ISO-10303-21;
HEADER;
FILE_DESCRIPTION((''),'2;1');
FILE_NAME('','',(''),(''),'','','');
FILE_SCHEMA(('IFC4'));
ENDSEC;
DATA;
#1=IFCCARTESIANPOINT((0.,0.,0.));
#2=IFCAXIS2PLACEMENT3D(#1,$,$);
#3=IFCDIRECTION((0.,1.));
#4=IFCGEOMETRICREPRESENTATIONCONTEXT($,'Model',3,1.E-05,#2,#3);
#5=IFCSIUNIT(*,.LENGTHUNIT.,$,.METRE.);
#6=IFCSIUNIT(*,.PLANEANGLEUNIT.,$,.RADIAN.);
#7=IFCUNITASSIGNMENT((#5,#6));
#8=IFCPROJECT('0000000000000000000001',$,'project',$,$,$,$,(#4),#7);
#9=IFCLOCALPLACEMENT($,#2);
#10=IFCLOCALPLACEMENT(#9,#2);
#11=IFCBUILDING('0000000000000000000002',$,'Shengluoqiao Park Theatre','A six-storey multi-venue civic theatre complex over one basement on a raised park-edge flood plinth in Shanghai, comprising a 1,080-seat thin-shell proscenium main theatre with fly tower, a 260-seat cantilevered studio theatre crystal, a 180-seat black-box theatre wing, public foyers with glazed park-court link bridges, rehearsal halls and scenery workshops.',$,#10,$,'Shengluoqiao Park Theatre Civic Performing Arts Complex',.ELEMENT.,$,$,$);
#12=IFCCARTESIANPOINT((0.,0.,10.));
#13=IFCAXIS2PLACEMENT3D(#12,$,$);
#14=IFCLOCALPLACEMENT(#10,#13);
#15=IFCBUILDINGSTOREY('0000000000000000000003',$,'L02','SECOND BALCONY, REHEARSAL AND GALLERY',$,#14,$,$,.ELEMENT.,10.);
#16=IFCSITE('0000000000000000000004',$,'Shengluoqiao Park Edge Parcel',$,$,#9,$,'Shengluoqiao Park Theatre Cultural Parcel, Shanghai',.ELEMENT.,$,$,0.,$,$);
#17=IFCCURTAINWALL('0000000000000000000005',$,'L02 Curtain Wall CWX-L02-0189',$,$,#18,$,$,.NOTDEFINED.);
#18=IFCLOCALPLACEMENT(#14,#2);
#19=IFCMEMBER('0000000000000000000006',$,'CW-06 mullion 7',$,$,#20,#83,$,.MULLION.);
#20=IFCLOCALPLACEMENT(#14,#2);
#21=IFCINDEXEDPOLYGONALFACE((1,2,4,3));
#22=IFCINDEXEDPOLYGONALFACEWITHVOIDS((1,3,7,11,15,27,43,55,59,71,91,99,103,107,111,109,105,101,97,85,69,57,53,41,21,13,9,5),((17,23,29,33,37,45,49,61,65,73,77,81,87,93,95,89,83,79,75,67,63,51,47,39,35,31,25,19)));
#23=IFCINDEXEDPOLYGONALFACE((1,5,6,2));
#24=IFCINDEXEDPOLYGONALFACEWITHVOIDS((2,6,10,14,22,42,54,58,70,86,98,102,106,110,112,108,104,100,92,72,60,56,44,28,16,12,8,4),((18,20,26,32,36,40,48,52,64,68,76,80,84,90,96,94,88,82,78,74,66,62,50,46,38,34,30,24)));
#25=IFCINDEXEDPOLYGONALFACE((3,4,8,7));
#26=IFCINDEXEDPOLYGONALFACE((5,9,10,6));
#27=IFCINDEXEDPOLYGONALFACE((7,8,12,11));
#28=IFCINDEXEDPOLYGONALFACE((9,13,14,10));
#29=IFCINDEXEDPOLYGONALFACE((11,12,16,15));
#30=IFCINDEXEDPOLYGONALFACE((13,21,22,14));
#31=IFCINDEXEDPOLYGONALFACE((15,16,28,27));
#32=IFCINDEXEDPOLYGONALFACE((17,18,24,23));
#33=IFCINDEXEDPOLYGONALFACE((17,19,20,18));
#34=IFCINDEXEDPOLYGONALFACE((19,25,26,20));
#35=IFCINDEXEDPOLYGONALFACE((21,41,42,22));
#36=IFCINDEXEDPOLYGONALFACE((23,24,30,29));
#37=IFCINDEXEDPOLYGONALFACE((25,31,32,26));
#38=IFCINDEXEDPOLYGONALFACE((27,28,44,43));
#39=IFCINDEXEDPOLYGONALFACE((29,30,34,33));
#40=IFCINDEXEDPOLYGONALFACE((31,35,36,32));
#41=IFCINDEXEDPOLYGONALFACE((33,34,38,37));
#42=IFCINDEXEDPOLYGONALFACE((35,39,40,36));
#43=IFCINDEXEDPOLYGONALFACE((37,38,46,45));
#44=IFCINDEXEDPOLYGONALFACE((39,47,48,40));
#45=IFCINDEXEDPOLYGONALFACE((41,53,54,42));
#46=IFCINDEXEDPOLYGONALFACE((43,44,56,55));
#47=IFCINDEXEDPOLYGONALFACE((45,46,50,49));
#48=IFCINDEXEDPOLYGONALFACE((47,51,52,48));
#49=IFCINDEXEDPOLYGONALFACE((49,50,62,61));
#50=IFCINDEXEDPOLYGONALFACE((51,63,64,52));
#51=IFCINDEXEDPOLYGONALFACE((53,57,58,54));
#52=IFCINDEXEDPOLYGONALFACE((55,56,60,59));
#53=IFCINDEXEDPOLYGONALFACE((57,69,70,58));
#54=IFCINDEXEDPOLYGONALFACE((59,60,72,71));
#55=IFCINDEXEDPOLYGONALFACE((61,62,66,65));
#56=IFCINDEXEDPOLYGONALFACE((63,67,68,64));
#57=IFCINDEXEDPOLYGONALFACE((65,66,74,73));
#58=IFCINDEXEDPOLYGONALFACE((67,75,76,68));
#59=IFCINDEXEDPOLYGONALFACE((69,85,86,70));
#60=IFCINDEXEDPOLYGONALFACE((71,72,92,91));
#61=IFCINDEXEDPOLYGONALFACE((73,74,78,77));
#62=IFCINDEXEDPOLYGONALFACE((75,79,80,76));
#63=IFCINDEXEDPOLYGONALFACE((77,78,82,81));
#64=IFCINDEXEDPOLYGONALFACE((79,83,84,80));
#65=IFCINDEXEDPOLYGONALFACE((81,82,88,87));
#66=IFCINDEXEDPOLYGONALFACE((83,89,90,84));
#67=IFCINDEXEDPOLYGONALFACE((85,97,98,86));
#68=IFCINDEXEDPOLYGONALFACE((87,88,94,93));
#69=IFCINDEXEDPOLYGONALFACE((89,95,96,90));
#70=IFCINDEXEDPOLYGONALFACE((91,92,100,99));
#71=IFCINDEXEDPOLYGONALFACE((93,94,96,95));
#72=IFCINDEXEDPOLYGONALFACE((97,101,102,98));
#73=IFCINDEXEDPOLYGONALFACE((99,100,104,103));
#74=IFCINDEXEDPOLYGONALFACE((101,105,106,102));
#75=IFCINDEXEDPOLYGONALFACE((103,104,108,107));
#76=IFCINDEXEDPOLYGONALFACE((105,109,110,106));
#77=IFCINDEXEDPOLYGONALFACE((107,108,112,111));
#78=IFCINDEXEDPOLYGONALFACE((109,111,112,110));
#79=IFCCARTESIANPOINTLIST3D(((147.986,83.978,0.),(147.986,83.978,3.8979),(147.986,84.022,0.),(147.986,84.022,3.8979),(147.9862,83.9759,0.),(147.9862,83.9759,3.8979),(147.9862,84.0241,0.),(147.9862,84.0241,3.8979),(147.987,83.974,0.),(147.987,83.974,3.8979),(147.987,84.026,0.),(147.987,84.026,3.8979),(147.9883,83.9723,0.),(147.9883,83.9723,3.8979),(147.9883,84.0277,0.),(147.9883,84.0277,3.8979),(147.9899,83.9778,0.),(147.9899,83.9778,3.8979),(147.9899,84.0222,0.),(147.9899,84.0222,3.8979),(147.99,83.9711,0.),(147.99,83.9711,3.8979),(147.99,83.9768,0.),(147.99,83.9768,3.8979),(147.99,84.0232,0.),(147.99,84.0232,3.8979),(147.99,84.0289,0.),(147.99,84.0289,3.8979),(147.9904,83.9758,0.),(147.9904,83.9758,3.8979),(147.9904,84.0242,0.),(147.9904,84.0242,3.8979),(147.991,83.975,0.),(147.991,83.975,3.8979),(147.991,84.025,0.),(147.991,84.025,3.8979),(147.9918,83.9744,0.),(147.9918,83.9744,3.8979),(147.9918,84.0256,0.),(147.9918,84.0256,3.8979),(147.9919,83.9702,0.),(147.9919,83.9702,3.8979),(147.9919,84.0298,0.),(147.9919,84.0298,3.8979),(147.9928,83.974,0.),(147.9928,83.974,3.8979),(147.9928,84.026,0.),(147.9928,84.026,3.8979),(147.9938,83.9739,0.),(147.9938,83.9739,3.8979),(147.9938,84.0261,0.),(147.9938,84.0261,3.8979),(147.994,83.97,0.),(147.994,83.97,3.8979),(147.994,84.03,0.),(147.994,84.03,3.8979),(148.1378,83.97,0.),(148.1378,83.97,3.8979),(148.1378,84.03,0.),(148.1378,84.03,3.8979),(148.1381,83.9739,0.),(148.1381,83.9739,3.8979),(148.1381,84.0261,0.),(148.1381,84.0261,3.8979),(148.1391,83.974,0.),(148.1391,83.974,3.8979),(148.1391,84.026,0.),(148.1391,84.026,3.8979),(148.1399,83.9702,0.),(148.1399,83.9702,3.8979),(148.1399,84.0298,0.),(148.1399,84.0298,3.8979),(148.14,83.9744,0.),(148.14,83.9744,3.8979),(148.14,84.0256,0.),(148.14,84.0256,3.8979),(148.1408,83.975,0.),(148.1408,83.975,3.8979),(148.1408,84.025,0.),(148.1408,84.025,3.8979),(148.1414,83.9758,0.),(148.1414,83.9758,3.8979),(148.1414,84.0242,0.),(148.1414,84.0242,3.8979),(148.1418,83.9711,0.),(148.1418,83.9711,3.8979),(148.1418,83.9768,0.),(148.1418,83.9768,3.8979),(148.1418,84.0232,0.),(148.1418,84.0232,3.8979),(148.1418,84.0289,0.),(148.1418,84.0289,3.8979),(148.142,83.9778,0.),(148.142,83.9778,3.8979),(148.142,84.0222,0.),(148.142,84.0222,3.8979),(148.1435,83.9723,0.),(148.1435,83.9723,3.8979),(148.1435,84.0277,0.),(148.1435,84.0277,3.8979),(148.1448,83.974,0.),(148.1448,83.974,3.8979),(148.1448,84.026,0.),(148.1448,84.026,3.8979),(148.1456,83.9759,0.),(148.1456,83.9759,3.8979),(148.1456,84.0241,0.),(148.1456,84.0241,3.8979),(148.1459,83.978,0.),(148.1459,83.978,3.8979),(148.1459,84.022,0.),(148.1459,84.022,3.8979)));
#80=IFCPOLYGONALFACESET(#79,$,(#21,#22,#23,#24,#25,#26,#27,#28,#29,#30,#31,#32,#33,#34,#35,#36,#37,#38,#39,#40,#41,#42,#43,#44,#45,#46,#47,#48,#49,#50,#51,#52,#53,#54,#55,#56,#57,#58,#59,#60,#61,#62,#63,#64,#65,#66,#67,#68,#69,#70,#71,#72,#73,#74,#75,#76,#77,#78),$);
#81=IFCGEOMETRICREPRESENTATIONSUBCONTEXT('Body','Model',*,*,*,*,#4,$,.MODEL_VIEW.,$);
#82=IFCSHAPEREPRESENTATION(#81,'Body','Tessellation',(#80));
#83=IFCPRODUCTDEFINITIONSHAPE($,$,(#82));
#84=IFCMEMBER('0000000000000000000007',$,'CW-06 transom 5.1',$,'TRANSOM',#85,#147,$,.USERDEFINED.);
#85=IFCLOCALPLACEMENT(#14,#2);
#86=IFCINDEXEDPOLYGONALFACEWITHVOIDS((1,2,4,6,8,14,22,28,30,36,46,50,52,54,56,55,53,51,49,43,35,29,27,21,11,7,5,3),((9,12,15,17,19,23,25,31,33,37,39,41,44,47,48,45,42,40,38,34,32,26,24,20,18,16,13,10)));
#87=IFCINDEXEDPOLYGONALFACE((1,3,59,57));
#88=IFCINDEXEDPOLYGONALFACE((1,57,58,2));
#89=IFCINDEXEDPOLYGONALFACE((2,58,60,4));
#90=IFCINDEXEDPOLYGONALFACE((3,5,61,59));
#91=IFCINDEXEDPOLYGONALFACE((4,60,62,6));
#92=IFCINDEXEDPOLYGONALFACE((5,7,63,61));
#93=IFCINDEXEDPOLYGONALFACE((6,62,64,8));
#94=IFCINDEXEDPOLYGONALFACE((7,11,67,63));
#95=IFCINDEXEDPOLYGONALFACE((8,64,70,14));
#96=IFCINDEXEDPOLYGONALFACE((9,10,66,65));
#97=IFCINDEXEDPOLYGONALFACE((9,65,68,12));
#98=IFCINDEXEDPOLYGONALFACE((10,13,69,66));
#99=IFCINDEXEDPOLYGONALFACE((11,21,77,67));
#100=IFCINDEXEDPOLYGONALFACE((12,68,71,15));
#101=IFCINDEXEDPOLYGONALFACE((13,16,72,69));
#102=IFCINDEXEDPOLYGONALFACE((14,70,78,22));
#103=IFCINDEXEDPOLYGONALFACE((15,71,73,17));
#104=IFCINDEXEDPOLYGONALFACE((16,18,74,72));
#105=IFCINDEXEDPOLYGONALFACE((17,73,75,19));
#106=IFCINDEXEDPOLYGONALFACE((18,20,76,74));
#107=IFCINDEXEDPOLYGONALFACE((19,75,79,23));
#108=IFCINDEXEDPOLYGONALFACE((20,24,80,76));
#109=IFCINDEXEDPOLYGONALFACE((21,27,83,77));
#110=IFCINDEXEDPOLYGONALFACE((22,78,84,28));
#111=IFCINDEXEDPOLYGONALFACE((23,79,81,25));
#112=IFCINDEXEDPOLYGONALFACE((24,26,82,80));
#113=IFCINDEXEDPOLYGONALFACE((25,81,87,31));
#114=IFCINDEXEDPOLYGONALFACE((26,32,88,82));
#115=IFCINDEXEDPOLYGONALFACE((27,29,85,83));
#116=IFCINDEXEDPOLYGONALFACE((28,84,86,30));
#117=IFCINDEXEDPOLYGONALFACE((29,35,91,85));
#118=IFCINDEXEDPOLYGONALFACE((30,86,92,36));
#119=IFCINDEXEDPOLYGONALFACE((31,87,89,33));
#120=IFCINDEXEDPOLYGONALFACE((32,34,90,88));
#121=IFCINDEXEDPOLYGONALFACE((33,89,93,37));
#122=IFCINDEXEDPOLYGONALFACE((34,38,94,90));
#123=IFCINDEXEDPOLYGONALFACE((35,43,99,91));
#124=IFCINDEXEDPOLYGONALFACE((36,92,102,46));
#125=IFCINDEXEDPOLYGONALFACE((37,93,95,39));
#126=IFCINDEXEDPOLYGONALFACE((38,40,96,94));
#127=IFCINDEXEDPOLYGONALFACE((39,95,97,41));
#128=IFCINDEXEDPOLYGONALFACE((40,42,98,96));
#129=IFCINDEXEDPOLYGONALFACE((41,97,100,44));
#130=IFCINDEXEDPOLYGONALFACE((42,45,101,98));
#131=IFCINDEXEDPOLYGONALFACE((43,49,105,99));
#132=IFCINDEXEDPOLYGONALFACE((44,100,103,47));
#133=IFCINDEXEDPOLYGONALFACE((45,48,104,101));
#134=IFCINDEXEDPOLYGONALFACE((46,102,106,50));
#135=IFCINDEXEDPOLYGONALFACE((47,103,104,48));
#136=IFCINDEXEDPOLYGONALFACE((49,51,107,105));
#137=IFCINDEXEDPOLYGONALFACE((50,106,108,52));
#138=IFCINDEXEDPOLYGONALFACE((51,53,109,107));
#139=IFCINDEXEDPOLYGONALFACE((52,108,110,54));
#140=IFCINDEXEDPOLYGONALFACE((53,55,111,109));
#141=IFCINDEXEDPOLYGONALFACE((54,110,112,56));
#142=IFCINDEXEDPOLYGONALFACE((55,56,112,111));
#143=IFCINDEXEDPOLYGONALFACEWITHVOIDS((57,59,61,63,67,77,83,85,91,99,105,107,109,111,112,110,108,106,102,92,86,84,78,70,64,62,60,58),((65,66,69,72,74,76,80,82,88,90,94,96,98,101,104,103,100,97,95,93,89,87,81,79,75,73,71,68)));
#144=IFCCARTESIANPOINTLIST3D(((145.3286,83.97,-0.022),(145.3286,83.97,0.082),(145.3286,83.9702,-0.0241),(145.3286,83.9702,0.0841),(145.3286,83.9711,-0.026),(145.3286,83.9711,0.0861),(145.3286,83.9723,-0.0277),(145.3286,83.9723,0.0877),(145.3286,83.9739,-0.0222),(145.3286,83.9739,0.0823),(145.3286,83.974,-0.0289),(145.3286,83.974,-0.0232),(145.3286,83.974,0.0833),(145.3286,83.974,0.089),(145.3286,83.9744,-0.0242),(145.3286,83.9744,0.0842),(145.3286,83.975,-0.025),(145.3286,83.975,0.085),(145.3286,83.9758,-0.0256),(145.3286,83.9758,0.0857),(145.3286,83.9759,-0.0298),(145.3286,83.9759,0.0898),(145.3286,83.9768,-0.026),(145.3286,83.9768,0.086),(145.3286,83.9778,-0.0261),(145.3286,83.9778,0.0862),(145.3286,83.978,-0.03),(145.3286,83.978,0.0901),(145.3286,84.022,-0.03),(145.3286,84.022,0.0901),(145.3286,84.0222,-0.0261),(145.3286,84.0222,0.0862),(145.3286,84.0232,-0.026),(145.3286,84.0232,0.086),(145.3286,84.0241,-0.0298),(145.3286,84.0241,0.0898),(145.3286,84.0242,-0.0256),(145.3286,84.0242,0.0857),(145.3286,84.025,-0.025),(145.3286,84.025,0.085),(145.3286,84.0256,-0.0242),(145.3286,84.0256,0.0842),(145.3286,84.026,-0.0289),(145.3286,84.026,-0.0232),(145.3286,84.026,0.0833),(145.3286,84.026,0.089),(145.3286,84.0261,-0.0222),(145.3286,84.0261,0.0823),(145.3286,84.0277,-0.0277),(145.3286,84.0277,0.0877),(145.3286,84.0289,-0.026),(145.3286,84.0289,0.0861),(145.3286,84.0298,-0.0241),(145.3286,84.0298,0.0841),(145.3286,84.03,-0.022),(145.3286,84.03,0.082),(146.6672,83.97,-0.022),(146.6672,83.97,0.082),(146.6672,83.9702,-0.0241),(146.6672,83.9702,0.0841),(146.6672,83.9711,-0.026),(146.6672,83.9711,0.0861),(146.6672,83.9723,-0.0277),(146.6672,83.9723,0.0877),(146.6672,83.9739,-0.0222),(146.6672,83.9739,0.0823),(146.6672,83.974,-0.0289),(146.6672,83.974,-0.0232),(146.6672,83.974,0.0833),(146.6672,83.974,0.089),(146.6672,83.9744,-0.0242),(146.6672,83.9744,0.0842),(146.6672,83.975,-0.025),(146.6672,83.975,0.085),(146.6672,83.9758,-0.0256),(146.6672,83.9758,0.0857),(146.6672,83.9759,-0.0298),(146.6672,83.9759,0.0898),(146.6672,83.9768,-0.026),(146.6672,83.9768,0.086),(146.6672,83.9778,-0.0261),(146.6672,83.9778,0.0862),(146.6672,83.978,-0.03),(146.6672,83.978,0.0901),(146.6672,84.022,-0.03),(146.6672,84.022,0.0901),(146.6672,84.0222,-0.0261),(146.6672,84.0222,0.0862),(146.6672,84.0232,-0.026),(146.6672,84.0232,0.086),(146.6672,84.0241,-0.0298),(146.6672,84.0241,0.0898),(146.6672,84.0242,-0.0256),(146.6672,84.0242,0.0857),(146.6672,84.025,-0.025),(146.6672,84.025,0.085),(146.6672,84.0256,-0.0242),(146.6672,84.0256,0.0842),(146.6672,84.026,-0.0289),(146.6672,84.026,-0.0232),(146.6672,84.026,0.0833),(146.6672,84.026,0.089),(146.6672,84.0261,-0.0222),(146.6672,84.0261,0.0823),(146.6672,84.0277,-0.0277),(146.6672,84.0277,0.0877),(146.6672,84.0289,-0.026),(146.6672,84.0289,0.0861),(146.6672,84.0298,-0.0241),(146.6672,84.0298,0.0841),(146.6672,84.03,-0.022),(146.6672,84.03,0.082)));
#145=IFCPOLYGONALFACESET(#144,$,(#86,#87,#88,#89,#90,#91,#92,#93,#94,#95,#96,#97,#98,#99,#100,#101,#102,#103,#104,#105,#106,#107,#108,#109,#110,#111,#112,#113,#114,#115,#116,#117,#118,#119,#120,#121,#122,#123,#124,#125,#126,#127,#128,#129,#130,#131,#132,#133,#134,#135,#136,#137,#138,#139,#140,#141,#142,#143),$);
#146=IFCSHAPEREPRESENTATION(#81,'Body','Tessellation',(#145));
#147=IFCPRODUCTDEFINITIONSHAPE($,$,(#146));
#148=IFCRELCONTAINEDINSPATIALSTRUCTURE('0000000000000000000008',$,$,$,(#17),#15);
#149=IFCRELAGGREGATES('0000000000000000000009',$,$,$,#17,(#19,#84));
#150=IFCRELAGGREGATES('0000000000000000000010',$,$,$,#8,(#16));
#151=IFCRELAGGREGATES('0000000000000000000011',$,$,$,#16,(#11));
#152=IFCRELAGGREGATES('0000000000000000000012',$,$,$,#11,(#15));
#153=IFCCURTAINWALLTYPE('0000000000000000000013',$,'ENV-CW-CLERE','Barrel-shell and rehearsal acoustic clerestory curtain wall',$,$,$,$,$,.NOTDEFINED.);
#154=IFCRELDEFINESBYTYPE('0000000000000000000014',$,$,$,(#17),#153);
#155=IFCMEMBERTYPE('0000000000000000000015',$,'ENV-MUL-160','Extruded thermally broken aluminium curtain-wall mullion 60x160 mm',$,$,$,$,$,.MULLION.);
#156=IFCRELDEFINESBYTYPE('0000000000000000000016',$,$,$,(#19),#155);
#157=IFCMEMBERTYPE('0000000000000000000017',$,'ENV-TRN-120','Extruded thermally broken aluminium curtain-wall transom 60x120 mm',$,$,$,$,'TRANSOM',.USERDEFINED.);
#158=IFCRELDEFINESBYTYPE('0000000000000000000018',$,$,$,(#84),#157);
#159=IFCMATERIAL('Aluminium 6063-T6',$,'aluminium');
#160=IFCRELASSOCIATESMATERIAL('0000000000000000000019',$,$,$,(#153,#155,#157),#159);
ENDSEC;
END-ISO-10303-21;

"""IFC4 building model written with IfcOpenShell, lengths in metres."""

from ifc_helpers import new_model, si_unit, direction, frame, origin, origin_2d, place, context, subcontext, project, spatial, hollow_rectangle, extrude, material, material_profile, profile_set, type_object, element, aggregate, save


model = new_model("IFC4")

# Units and contexts
model_context = context("Model", 3, precision=1e-05, world=origin(), true_north=direction((0.0, 1.0)))
body_context = subcontext(model_context, "Body", "Model", "MODEL_VIEW")
ifc_project = project(units=[si_unit("LENGTHUNIT", "METRE"), si_unit("PLANEANGLEUNIT", "RADIAN")], contexts=[model_context])

# Site, building, storey
site_placement = place(None, origin())
site = spatial("IfcSite", under=ifc_project, at=site_placement, Name="Shengluoqiao Park Edge Parcel", LongName="Shengluoqiao Park Theatre Cultural Parcel, Shanghai", CompositionType="ELEMENT", RefElevation=0.0)
building_placement = place(site_placement, origin())
building = spatial("IfcBuilding", under=site, at=building_placement, Name="Shengluoqiao Park Theatre", Description="A six-storey multi-venue civic theatre complex over one basement on a raised park-edge flood plinth in Shanghai, comprising a 1,080-seat thin-shell proscenium main theatre with fly tower, a 260-seat cantilevered studio theatre crystal, a 180-seat black-box theatre wing, public foyers with glazed park-court link bridges, rehearsal halls and scenery workshops.", LongName="Shengluoqiao Park Theatre Civic Performing Arts Complex", CompositionType="ELEMENT")
storey_placement = place(building_placement, frame((0.0, 0.0, 10.0)))
storey = spatial("IfcBuildingStorey", under=building, at=storey_placement, Name="L02", Description="SECOND BALCONY, REHEARSAL AND GALLERY", CompositionType="ELEMENT", Elevation=10.0)

# Curtain wall, members
ifc_material_1 = material(Name="Aluminium 6063-T6", Category="aluminium")
curtain_wall_type = type_object("IfcCurtainWallType", Name="ENV-CW-CLERE", Description="Barrel-shell and rehearsal acoustic clerestory curtain wall", PredefinedType="NOTDEFINED", material=ifc_material_1)
curtain_wall_placement = place(storey_placement, origin())
curtain_wall = element("IfcCurtainWall", 1, at=curtain_wall_placement, inside=storey, type_object=curtain_wall_type, Name="L02 Curtain Wall CWX-L02-0189", PredefinedType="NOTDEFINED")
ifc_material_profile_1 = material_profile(ifc_material_1, hollow_rectangle(XDim=0.0601, YDim=0.1599, WallThickness=0.0039, InnerFilletRadius=0.0039, OuterFilletRadius=0.0081, at=origin_2d()), Name="ALU MULLION 160x60x4")
ifc_profile_set_1 = profile_set([ifc_material_profile_1], Name="Aluminium 6063-T6")
member_type_1 = type_object("IfcMemberType", Name="ENV-MUL-160", Description="Extruded thermally broken aluminium curtain-wall mullion 60x160 mm", PredefinedType="MULLION", material=ifc_profile_set_1)
member_1_placement = place(storey_placement, frame((148.0659, 84.0, 0.0), z_axis=(0.0, 0.0, 1.0), x_axis=(0.0, 1.0, 0.0)))
member_1 = element("IfcMember", 2, at=member_1_placement, type_object=member_type_1, Name="CW-06 mullion 7", PredefinedType="MULLION", context=body_context, shape_type="SweptSolid", body=[
    extrude(hollow_rectangle(XDim=0.0601, YDim=0.1599, WallThickness=0.0039, InnerFilletRadius=0.0039, OuterFilletRadius=0.0081, at=origin_2d()), origin(), (0.0, 0.0, 1.0), 3.8979),
])
ifc_material_profile_2 = material_profile(ifc_material_1, hollow_rectangle(XDim=0.0601, YDim=0.1201, WallThickness=0.0039, InnerFilletRadius=0.0039, OuterFilletRadius=0.0081, at=origin_2d()), Name="ALU TRANSOM 120x60x4")
ifc_profile_set_2 = profile_set([ifc_material_profile_2], Name="Aluminium 6063-T6")
member_type_2 = type_object("IfcMemberType", Name="ENV-TRN-120", Description="Extruded thermally broken aluminium curtain-wall transom 60x120 mm", ElementType="TRANSOM", PredefinedType="USERDEFINED", material=ifc_profile_set_2)
member_2_placement = place(storey_placement, frame((145.3286, 84.0, 0.03), z_axis=(1.0, 0.0, 0.0), x_axis=(0.0, 1.0, 0.0)))
member_2 = element("IfcMember", 3, at=member_2_placement, type_object=member_type_2, Name="CW-06 transom 5.1", ObjectType="TRANSOM", PredefinedType="USERDEFINED", context=body_context, shape_type="SweptSolid", body=[
    extrude(hollow_rectangle(XDim=0.0601, YDim=0.1201, WallThickness=0.0039, InnerFilletRadius=0.0039, OuterFilletRadius=0.0081, at=origin_2d()), origin(), (0.0, 0.0, 1.0), 1.3386),
])

aggregate(curtain_wall, [member_1, member_2])

save(model, "model.ifc")
